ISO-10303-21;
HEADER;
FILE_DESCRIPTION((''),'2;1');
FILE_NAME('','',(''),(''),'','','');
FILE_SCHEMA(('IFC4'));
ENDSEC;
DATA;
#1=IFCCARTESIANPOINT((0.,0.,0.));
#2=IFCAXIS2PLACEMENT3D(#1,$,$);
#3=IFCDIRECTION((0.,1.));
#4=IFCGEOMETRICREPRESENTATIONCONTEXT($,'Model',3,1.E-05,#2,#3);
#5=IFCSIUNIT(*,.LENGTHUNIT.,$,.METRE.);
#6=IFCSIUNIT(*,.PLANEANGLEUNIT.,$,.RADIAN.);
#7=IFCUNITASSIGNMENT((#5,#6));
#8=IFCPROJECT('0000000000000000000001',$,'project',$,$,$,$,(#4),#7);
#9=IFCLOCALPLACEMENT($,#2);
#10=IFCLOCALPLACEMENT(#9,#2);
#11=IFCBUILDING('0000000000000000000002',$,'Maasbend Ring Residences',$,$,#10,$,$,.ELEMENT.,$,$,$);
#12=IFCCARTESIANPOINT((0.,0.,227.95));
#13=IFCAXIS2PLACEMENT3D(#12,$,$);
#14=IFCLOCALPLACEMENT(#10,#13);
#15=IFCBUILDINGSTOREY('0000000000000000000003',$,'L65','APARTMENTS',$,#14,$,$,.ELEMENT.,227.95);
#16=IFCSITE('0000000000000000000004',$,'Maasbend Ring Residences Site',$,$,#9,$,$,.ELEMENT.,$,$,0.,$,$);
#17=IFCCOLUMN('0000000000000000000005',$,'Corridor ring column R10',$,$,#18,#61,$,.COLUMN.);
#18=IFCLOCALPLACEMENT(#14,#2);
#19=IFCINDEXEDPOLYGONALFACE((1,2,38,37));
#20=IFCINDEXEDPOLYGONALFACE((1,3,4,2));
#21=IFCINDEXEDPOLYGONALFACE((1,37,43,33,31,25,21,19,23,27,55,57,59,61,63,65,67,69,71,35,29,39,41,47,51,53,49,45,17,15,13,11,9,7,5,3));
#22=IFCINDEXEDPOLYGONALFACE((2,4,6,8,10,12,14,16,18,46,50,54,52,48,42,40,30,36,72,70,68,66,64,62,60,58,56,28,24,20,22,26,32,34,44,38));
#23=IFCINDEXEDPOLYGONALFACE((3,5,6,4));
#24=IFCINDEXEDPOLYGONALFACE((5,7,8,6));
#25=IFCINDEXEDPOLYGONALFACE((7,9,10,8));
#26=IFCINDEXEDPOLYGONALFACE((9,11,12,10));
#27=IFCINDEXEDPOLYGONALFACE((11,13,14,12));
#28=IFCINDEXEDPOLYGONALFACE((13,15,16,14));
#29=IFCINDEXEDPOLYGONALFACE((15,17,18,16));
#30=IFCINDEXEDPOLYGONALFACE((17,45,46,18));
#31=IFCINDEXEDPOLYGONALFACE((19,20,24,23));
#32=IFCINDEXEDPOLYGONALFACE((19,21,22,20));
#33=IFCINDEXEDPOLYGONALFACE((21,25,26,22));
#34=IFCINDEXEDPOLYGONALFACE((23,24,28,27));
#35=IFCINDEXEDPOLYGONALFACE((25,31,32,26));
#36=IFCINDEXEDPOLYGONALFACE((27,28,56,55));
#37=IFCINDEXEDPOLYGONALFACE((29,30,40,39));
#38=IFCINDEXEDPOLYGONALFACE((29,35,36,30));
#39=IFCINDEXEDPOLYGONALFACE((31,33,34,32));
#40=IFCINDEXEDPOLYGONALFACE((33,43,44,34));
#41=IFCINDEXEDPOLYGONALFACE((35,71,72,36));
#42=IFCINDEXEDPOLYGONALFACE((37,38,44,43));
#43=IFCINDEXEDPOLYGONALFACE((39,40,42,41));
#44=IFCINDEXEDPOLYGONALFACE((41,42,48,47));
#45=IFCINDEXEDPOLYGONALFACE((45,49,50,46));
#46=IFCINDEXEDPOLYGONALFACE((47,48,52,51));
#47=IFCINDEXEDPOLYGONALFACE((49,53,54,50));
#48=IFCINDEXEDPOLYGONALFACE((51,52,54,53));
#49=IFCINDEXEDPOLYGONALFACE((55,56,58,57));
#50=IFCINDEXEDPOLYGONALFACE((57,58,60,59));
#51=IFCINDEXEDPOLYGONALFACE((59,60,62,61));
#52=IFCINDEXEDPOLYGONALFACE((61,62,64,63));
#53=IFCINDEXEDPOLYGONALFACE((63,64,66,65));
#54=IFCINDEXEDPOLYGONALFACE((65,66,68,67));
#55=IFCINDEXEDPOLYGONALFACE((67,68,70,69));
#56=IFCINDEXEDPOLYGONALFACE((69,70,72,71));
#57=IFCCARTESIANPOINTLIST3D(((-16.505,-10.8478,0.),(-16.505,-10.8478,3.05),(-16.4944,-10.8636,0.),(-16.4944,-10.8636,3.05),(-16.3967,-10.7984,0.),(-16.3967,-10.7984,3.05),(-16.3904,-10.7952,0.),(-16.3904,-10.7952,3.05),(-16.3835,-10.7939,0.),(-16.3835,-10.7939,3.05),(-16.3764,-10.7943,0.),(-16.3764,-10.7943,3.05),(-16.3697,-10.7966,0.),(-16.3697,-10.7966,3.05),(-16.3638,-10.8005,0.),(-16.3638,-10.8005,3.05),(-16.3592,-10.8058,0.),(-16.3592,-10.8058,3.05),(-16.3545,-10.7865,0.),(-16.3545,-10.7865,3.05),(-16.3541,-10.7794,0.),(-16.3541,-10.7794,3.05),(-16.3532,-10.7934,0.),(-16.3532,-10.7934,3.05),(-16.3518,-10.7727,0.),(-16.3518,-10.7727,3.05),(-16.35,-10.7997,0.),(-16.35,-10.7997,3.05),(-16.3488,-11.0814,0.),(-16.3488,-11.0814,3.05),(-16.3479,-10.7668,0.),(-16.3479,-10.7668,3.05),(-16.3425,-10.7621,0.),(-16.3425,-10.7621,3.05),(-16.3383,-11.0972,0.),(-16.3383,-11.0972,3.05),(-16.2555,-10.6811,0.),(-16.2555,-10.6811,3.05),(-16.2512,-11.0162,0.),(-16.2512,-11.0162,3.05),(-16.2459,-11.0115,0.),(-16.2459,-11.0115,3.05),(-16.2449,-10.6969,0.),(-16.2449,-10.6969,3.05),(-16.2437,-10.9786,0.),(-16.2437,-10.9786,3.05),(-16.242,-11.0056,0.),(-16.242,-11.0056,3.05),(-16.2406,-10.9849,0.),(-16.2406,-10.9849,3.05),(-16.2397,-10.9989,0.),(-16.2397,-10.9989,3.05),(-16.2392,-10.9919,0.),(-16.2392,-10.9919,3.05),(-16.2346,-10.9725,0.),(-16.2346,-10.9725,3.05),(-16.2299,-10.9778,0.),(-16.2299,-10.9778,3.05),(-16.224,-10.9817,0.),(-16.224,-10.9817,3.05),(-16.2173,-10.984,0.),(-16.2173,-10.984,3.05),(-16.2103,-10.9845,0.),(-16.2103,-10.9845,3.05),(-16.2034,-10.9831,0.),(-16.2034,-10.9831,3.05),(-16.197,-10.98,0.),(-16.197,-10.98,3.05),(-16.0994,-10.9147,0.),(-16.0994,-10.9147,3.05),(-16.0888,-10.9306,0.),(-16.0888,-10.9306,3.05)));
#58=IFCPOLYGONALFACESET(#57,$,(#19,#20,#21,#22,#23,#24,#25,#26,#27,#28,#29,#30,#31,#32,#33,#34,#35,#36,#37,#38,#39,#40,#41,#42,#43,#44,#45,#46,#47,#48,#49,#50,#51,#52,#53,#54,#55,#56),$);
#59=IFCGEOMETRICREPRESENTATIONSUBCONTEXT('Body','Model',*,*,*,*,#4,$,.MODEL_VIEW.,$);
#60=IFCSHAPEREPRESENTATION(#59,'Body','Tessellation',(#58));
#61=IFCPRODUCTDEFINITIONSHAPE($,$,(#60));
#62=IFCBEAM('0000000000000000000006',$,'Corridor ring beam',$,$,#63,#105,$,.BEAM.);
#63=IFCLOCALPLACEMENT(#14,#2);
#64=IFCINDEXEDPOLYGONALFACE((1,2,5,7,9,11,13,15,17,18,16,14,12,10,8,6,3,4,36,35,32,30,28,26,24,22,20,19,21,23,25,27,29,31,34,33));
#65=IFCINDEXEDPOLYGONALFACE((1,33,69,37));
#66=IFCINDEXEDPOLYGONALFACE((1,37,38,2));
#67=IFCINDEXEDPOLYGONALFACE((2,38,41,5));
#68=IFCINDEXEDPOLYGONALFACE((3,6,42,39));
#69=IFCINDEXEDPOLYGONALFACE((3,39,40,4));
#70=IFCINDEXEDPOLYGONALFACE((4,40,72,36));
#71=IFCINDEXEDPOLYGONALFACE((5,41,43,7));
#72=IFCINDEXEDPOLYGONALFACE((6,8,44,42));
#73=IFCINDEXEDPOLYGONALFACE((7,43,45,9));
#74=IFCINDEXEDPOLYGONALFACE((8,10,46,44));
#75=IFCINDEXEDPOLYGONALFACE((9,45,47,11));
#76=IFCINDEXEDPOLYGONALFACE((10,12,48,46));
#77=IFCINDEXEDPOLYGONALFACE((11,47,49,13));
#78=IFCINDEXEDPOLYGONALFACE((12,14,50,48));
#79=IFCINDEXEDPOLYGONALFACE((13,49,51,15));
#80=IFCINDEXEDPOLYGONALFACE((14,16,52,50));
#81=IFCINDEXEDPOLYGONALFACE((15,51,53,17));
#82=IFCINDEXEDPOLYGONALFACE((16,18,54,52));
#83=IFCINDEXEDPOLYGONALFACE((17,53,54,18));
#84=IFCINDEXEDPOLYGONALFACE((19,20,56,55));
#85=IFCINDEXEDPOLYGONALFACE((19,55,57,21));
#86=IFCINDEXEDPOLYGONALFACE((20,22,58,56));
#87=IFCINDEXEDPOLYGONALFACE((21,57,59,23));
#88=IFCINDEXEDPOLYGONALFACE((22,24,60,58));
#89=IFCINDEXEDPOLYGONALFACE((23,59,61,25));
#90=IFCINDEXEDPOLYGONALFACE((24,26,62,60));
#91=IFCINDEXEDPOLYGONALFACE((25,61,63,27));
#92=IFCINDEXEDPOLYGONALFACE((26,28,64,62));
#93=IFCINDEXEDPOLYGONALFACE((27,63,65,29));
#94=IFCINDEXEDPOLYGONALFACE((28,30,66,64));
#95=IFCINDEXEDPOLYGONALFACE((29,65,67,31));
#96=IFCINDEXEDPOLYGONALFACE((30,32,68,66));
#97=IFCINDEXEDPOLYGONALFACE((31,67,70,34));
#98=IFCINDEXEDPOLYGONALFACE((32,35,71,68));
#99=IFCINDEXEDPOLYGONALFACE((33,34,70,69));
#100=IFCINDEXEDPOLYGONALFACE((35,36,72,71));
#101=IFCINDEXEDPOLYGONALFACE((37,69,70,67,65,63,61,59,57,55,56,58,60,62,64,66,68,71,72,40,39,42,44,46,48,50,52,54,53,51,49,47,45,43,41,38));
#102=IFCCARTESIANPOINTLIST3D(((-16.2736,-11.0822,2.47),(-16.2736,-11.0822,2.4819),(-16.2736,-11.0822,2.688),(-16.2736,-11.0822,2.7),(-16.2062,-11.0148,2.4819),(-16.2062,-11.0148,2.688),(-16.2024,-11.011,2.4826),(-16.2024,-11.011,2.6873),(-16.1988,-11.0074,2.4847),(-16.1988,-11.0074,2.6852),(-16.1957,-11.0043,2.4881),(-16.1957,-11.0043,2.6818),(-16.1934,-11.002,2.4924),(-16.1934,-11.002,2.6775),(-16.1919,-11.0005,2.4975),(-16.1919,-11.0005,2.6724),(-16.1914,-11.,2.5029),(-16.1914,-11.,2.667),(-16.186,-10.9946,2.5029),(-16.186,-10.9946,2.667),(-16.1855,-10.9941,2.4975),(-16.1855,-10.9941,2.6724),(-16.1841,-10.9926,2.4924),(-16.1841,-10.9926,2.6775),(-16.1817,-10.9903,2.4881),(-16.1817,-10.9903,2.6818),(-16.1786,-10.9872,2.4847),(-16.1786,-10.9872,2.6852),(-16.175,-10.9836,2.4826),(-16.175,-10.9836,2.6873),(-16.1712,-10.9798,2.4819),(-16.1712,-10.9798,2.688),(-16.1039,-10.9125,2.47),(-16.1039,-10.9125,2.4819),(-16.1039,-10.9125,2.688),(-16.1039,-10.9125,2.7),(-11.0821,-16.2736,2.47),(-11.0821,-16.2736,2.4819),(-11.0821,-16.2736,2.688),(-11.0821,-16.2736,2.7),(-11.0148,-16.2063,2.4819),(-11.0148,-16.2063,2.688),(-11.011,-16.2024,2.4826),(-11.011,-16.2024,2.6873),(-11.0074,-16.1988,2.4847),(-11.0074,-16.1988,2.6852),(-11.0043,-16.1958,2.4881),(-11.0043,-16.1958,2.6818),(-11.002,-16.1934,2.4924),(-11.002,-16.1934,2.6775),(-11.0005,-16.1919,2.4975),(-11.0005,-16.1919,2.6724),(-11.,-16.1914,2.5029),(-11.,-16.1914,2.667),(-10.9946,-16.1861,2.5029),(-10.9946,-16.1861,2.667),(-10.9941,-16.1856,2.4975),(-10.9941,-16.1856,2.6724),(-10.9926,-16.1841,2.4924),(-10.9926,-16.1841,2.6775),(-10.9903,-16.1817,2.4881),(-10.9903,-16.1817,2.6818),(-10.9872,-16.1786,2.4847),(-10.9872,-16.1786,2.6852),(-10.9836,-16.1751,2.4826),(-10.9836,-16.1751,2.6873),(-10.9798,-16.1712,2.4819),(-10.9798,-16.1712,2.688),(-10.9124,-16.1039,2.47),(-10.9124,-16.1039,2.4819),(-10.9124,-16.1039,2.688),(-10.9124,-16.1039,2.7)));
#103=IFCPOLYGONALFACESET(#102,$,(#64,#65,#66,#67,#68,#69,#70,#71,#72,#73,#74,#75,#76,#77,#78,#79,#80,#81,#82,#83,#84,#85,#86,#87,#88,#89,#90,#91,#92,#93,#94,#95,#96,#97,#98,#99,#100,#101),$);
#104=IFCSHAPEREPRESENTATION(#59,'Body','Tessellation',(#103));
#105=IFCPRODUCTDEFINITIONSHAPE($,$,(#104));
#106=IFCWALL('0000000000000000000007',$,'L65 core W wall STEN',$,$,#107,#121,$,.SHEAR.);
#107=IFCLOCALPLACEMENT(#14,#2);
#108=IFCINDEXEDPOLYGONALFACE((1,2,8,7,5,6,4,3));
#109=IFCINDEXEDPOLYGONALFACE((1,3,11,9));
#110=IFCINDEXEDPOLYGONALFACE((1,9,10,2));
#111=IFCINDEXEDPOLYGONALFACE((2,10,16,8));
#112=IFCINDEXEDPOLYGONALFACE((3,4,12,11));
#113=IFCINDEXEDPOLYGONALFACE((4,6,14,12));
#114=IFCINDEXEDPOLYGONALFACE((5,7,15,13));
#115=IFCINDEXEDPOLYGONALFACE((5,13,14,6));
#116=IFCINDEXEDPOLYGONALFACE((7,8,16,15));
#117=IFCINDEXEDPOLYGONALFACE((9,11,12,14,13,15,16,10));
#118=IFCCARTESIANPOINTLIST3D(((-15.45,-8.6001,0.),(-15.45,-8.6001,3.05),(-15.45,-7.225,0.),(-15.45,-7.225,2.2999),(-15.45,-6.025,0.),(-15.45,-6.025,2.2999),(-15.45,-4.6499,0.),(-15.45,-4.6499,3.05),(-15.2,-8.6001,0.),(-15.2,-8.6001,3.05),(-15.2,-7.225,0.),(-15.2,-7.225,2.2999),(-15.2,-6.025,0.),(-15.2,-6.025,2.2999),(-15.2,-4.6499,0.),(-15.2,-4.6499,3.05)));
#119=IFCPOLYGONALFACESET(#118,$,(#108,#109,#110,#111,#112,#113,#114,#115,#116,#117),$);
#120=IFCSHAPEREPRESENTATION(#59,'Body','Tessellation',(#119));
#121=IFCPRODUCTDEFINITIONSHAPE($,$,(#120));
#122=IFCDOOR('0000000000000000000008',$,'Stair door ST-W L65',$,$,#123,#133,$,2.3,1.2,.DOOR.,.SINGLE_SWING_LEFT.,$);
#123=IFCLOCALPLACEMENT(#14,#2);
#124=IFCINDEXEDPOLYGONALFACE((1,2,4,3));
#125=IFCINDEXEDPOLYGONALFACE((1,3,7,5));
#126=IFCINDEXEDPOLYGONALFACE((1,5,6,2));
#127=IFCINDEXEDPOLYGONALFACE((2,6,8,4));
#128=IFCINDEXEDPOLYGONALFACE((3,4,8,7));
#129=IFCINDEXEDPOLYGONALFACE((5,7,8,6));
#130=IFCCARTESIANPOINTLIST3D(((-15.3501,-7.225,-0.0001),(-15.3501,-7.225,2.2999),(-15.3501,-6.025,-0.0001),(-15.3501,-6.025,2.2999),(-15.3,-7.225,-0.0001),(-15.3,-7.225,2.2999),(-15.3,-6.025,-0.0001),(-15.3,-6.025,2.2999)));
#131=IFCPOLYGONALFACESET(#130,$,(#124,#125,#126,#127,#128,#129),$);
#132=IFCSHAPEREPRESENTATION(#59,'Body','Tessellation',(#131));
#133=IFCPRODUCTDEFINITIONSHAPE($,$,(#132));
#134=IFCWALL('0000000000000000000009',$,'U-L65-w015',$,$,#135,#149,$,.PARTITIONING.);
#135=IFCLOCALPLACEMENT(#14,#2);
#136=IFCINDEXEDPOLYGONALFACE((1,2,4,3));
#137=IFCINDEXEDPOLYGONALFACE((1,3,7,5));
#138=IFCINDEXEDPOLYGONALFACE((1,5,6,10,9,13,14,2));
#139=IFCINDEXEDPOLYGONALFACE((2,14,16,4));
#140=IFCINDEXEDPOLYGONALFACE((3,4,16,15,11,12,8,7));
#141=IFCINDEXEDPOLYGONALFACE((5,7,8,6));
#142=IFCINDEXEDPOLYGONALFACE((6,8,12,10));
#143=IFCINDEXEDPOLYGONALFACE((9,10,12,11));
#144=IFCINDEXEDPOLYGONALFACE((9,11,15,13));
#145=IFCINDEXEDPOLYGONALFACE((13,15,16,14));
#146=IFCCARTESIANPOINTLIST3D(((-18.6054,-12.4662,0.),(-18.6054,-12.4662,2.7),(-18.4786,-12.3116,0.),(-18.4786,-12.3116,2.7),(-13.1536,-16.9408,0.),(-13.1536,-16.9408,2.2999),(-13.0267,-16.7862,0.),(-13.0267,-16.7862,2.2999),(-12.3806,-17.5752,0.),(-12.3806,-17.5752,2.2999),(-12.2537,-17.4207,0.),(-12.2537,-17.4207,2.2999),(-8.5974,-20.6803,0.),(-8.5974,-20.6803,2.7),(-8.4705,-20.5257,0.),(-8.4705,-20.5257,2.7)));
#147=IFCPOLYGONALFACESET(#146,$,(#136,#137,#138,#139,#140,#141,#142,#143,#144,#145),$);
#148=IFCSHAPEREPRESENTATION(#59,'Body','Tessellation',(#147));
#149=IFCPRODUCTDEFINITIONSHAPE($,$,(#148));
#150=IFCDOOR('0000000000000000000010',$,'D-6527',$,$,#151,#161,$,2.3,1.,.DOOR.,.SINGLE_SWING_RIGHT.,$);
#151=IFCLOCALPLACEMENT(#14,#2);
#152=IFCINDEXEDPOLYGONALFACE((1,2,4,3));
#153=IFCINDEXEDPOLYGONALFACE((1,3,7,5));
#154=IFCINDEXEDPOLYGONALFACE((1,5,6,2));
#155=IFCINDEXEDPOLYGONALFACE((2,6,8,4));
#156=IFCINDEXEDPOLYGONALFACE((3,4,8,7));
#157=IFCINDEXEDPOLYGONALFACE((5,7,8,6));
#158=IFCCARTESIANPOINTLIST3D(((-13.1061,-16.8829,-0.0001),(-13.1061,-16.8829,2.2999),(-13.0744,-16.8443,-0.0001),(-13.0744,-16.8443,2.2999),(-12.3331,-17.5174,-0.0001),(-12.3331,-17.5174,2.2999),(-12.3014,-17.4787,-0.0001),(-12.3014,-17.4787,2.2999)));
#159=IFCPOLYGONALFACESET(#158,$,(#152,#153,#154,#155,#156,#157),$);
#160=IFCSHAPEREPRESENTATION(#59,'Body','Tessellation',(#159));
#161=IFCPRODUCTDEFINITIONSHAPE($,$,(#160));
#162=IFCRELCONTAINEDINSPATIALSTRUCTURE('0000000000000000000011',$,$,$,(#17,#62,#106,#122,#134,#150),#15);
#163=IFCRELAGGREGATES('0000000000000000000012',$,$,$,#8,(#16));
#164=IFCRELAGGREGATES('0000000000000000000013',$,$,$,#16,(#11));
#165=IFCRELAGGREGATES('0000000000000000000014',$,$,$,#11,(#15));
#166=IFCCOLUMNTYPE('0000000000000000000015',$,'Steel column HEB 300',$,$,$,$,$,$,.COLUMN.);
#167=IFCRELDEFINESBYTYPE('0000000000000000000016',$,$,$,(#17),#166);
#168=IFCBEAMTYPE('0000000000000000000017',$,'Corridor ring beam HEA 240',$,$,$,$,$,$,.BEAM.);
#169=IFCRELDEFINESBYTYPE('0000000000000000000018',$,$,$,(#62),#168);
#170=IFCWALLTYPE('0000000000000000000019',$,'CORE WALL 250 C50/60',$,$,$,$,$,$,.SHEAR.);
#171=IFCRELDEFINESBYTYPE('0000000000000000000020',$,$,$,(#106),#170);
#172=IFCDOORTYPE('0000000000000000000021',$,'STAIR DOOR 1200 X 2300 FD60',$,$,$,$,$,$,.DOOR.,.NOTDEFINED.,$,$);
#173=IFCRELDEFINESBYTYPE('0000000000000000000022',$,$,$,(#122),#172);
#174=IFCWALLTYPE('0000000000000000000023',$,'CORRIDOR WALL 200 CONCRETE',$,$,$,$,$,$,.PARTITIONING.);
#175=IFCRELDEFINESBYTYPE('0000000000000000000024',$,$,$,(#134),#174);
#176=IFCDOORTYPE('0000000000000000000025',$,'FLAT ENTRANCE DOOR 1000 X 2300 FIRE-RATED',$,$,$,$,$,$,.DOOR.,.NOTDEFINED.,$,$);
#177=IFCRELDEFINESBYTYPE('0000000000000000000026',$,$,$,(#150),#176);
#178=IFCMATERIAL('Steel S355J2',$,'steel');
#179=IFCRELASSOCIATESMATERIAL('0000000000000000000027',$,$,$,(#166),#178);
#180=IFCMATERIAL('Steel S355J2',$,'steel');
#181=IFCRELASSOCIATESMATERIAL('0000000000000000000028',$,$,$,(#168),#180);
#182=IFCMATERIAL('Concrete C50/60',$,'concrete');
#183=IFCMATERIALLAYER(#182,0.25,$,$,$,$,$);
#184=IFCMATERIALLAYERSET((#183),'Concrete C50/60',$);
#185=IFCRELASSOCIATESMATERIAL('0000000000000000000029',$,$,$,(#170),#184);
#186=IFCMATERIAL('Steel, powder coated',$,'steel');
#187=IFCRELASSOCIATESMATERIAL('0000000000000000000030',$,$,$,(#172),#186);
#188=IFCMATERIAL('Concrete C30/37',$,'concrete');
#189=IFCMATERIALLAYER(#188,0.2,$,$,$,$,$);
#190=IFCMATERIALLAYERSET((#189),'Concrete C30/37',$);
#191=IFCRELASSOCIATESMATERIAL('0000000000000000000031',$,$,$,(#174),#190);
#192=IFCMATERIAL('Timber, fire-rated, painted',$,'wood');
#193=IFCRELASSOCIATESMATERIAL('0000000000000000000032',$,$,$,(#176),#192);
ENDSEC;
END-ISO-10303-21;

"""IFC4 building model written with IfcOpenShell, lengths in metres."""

from ifc_helpers import new_model, si_unit, direction, frame, frame_2d, origin, origin_2d, place, context, subcontext, project, spatial, rectangle, i_section, extrude, material, layer, layer_set, material_profile, profile_set, type_object, element, fill, save


model = new_model("IFC4")

# Units and contexts
model_context = context("Model", 3, precision=1e-05, world=origin(), true_north=direction((0.0, 1.0)))
body_context = subcontext(model_context, "Body", "Model", "MODEL_VIEW")
ifc_project = project(units=[si_unit("LENGTHUNIT", "METRE"), si_unit("PLANEANGLEUNIT", "RADIAN")], contexts=[model_context])

# Site, building, storey
site_placement = place(None, origin())
site = spatial("IfcSite", under=ifc_project, at=site_placement, Name="Maasbend Ring Residences Site", CompositionType="ELEMENT", RefElevation=0.0)
building_placement = place(site_placement, origin())
building = spatial("IfcBuilding", under=site, at=building_placement, Name="Maasbend Ring Residences", CompositionType="ELEMENT")
storey_placement = place(building_placement, frame((0.0, 0.0, 227.95)))
storey = spatial("IfcBuildingStorey", under=building, at=storey_placement, Name="L65", Description="APARTMENTS", CompositionType="ELEMENT", Elevation=227.95)

# Column
ifc_material_1 = material(Name="Steel S355J2", Category="steel")
ifc_material_profile_1 = material_profile(ifc_material_1, i_section(OverallWidth=0.3, OverallDepth=0.3, WebThickness=0.011, FlangeThickness=0.019, FilletRadius=0.0271, at=origin_2d()), Name="HEB 300")
ifc_profile_set_1 = profile_set([ifc_material_profile_1], Name="Steel S355J2")
column_type = type_object("IfcColumnType", Name="Steel column HEB 300", PredefinedType="COLUMN", material=ifc_profile_set_1)
column_placement = place(storey_placement, frame((-16.2969, -10.8892, 0.0), z_axis=(0.0, 0.0, 1.0), x_axis=(-0.83147, -0.55557, 0.0)))
element("IfcColumn", 1, at=column_placement, inside=storey, type_object=column_type, Name="Corridor ring column R10", PredefinedType="COLUMN", context=body_context, shape_type="SweptSolid", body=[
    extrude(i_section(OverallWidth=0.3, OverallDepth=0.3, WebThickness=0.011, FlangeThickness=0.019, FilletRadius=0.0271, at=origin_2d()), origin(), (0.0, 0.0, 1.0), 3.05),
])

# Beam
ifc_material_2 = material(Name="Steel S355J2", Category="steel")
ifc_material_profile_2 = material_profile(ifc_material_2, i_section(OverallWidth=0.24, OverallDepth=0.23, WebThickness=0.0076, FlangeThickness=0.012, FilletRadius=0.021, at=origin_2d()), Name="HEA 240")
ifc_profile_set_2 = profile_set([ifc_material_profile_2], Name="Steel S355J2")
beam_type = type_object("IfcBeamType", Name="Corridor ring beam HEA 240", PredefinedType="BEAM", material=ifc_profile_set_2)
beam_placement = place(storey_placement, frame((-16.1887, -10.9973, 2.585), z_axis=(0.707107, -0.707107, 0.0), x_axis=(0.707107, 0.707107, 0.0)))
element("IfcBeam", 2, at=beam_placement, inside=storey, type_object=beam_type, Name="Corridor ring beam", PredefinedType="BEAM", context=body_context, shape_type="SweptSolid", body=[
    extrude(i_section(OverallWidth=0.24, OverallDepth=0.23, WebThickness=0.0076, FlangeThickness=0.012, FilletRadius=0.021, at=origin_2d()), origin(), (0.0, 0.0, 1.0), 7.3418),
])

# Walls, openings, doors
ifc_material_3 = material(Name="Concrete C50/60", Category="concrete")
ifc_layer_1 = layer(ifc_material_3, 0.25)
ifc_layer_set_1 = layer_set([ifc_layer_1], Name="Concrete C50/60")
wall_type_1 = type_object("IfcWallType", Name="CORE WALL 250 C50/60", PredefinedType="SHEAR", material=ifc_layer_set_1)
wall_1_placement = place(storey_placement, frame((-15.325, -4.6499, 0.0), z_axis=(0.0, 0.0, 1.0), x_axis=(0.0, -1.0, 0.0)))
wall_1 = element("IfcWall", 3, at=wall_1_placement, inside=storey, type_object=wall_type_1, Name="L65 core W wall STEN", PredefinedType="SHEAR", context=body_context, shape_type="SweptSolid", body=[
    extrude(rectangle(XDim=3.9502, YDim=0.25, at=frame_2d((1.9751, 0.0))), origin(), (0.0, 0.0, 1.0), 3.05),
])
opening_1_placement = place(wall_1_placement, frame((1.375, 0.0, 0.0)))
opening_1 = element("IfcOpeningElement", 4, at=opening_1_placement, cuts=wall_1, PredefinedType="OPENING", context=body_context, shape_type="SweptSolid", body=[
    extrude(rectangle(XDim=1.2, YDim=2.3, at=frame_2d((0.6001, 1.1499))), frame((0.0, 0.135, 0.0), z_axis=(0.0, -1.0, 0.0), x_axis=(1.0, 0.0, 0.0)), (0.0, 0.0, 1.0), 0.27),
])
ifc_material_4 = material(Name="Steel, powder coated", Category="steel")
door_type_1 = type_object("IfcDoorType", Name="STAIR DOOR 1200 X 2300 FD60", OperationType="NOTDEFINED", PredefinedType="DOOR", material=ifc_material_4)
door_1_placement = place(opening_1_placement, origin())
door_1 = element("IfcDoor", 5, at=door_1_placement, inside=storey, type_object=door_type_1, Name="Stair door ST-W L65", OperationType="SINGLE_SWING_LEFT", OverallHeight=2.3, OverallWidth=1.2, PredefinedType="DOOR", context=body_context, shape_type="SweptSolid", body=[
    extrude(rectangle(XDim=1.2, YDim=2.3, at=frame_2d((0.6001, 1.1499))), frame((0.0, 0.0249, 0.0), z_axis=(0.0, -1.0, 0.0), x_axis=(1.0, 0.0, 0.0)), (0.0, 0.0, 1.0), 0.05),
])
fill(opening_1, door_1)
ifc_material_5 = material(Name="Concrete C30/37", Category="concrete")
ifc_layer_2 = layer(ifc_material_5, 0.2)
ifc_layer_set_2 = layer_set([ifc_layer_2], Name="Concrete C30/37")
wall_type_2 = type_object("IfcWallType", Name="CORRIDOR WALL 200 CONCRETE", PredefinedType="PARTITIONING", material=ifc_layer_set_2)
wall_2_placement = place(storey_placement, frame((-18.542, -12.3889, 0.0), z_axis=(0.0, 0.0, 1.0), x_axis=(0.772984, -0.634426, 0.0)))
wall_2 = element("IfcWall", 6, at=wall_2_placement, inside=storey, type_object=wall_type_2, Name="U-L65-w015", PredefinedType="PARTITIONING", context=body_context, shape_type="SweptSolid", body=[
    extrude(rectangle(XDim=12.9473, YDim=0.2, at=frame_2d((6.4736, 0.0))), origin(), (0.0, 0.0, 1.0), 2.7),
])
opening_2_placement = place(wall_2_placement, frame((7.053, 0.0, 0.0)))
opening_2 = element("IfcOpeningElement", 7, at=opening_2_placement, cuts=wall_2, PredefinedType="OPENING", context=body_context, shape_type="SweptSolid", body=[
    extrude(rectangle(XDim=1.0, YDim=2.3, at=frame_2d((0.5, 1.1499))), frame((0.0, 0.1099, 0.0), z_axis=(0.0, -1.0, 0.0), x_axis=(1.0, 0.0, 0.0)), (0.0, 0.0, 1.0), 0.22),
])
ifc_material_6 = material(Name="Timber, fire-rated, painted", Category="wood")
door_type_2 = type_object("IfcDoorType", Name="FLAT ENTRANCE DOOR 1000 X 2300 FIRE-RATED", OperationType="NOTDEFINED", PredefinedType="DOOR", material=ifc_material_6)
door_2_placement = place(opening_2_placement, origin())
door_2 = element("IfcDoor", 8, at=door_2_placement, inside=storey, type_object=door_type_2, Name="D-6527", OperationType="SINGLE_SWING_RIGHT", OverallHeight=2.3, OverallWidth=1.0, PredefinedType="DOOR", context=body_context, shape_type="SweptSolid", body=[
    extrude(rectangle(XDim=1.0, YDim=2.3, at=frame_2d((0.5, 1.1499))), frame((0.0, 0.0249, 0.0), z_axis=(0.0, -1.0, 0.0), x_axis=(1.0, 0.0, 0.0)), (0.0, 0.0, 1.0), 0.05),
])
fill(opening_2, door_2)

save(model, "model.ifc")
